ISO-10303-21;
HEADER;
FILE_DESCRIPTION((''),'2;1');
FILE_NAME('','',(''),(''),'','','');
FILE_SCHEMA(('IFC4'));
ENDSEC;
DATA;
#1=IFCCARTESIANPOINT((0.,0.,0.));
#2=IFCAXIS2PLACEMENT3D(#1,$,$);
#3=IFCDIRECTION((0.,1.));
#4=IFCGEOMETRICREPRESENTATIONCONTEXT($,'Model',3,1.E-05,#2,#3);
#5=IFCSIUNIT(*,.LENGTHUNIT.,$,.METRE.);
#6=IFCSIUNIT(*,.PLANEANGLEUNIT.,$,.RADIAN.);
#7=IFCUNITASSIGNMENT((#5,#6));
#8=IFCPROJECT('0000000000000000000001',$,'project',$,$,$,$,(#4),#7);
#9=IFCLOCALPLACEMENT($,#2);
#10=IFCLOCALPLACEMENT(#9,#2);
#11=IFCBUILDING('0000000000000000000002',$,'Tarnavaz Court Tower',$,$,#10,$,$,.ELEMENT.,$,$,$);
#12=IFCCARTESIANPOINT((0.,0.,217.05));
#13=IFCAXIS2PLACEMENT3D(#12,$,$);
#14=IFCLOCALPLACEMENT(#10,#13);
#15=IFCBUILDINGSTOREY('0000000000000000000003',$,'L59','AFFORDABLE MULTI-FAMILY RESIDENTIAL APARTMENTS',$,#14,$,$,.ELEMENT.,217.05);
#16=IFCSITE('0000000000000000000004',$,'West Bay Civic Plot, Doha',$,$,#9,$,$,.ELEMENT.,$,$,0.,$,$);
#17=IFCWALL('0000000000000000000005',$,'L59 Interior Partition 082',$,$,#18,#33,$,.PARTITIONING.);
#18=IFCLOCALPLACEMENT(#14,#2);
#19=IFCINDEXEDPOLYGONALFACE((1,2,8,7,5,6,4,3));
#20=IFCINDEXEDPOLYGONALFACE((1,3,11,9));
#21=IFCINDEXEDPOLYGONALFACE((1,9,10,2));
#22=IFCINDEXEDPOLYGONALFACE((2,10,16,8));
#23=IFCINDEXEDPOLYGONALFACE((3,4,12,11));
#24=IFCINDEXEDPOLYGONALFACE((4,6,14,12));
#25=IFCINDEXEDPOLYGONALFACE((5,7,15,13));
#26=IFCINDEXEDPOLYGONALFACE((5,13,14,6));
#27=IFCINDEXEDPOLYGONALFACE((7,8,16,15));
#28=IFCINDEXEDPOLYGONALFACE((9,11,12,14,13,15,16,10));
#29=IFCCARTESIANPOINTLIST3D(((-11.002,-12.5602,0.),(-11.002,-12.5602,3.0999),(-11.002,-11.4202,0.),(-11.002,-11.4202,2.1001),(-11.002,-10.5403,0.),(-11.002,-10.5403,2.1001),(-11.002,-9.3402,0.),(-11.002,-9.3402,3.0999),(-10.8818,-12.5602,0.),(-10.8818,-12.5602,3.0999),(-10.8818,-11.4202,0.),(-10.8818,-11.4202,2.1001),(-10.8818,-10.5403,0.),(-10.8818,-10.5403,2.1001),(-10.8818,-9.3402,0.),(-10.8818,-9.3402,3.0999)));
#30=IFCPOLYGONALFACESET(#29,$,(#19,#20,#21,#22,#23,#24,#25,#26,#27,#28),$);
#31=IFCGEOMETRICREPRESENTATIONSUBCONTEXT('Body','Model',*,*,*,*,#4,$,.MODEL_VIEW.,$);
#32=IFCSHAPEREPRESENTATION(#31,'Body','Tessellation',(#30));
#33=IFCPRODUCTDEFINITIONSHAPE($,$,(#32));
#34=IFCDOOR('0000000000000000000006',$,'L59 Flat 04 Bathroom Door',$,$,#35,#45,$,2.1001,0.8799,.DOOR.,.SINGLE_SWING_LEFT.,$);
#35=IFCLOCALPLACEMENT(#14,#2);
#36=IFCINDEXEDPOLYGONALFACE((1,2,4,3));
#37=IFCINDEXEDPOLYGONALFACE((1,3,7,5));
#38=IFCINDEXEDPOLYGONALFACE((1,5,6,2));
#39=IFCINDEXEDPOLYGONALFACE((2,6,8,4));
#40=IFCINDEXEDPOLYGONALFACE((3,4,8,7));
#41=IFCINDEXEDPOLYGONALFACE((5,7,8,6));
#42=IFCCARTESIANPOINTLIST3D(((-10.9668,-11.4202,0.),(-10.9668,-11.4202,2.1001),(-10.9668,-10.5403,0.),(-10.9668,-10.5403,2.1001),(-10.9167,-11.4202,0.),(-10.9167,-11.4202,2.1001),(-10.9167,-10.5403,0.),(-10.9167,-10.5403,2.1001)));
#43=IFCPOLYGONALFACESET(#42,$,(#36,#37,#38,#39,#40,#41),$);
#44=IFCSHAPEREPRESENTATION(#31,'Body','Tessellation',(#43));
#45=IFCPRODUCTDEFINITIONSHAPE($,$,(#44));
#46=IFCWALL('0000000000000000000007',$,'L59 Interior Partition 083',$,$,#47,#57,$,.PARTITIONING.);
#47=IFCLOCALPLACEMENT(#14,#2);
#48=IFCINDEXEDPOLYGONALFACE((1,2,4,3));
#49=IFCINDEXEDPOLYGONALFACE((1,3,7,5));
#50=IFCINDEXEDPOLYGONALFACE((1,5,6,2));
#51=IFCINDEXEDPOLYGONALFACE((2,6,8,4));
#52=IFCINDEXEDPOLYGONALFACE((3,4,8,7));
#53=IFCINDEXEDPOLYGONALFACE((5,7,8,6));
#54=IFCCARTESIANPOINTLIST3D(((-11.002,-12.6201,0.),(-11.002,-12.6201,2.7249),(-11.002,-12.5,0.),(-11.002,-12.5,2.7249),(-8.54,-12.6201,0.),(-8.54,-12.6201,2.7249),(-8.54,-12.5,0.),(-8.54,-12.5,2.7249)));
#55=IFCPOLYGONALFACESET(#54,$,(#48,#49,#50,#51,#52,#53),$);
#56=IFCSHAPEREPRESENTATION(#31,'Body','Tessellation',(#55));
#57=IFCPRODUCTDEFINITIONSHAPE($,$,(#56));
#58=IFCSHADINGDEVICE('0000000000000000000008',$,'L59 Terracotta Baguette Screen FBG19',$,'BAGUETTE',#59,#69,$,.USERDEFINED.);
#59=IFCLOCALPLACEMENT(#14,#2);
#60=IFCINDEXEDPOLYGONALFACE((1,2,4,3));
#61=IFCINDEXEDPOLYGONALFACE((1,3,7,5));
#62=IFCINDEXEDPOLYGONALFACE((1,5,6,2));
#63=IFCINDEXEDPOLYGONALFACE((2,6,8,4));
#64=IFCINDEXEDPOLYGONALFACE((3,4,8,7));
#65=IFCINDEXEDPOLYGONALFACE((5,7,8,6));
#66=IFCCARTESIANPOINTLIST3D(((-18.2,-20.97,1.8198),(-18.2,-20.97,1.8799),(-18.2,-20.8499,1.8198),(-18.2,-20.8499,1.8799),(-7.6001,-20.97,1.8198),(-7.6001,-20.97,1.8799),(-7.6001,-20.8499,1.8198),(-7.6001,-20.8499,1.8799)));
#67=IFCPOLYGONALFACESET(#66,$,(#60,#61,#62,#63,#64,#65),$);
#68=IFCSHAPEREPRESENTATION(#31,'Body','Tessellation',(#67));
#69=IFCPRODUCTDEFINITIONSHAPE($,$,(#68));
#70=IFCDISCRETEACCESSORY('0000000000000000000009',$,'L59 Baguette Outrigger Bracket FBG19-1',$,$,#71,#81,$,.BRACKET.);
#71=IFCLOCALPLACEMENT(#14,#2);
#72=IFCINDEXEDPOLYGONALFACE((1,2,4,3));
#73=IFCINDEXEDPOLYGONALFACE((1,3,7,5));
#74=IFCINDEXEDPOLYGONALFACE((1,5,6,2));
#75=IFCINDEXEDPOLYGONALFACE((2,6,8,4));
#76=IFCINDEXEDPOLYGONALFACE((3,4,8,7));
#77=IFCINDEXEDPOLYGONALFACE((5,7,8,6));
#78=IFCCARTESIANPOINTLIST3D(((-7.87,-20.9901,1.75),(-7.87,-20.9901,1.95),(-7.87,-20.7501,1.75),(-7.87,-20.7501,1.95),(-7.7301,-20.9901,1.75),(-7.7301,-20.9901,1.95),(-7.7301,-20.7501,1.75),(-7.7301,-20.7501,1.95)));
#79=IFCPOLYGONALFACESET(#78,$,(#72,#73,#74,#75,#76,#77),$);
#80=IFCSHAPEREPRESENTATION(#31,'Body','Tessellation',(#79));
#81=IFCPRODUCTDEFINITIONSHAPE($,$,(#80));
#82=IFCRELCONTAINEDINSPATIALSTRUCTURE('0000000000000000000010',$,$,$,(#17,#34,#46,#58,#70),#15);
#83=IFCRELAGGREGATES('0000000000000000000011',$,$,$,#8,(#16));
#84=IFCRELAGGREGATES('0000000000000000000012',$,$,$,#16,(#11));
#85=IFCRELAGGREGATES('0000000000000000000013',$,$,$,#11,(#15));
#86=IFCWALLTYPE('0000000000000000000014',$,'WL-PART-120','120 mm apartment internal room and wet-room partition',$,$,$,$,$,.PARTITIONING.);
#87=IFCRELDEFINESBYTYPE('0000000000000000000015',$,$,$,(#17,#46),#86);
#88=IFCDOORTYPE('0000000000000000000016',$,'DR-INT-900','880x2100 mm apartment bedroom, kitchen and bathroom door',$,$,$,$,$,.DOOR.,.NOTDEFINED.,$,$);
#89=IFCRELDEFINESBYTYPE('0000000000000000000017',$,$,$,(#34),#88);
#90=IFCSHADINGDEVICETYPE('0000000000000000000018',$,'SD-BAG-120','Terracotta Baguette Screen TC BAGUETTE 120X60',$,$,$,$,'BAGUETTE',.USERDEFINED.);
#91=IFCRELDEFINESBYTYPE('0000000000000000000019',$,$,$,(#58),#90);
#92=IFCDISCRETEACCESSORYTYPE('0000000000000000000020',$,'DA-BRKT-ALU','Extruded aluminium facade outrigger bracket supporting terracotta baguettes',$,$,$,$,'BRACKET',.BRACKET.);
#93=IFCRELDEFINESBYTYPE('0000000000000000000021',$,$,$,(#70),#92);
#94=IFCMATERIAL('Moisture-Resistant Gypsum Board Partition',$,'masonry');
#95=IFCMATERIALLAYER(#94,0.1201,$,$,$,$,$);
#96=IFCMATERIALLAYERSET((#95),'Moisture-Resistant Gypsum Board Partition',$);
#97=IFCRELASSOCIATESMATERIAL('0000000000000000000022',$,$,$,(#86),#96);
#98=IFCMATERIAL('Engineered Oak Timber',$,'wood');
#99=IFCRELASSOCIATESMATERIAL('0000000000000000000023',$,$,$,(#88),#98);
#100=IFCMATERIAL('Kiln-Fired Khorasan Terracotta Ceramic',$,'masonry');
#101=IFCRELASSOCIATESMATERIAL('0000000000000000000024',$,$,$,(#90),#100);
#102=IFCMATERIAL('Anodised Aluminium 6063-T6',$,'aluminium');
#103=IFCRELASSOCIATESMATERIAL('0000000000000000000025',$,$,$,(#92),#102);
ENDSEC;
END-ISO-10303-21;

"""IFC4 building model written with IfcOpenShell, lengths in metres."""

from ifc_helpers import new_model, si_unit, direction, frame, frame_2d, origin, origin_2d, place, context, subcontext, project, spatial, rectangle, extrude, material, layer, layer_set, material_profile, profile_set, type_object, element, fill, save


model = new_model("IFC4")

# Units and contexts
model_context = context("Model", 3, precision=1e-05, world=origin(), true_north=direction((0.0, 1.0)))
body_context = subcontext(model_context, "Body", "Model", "MODEL_VIEW")
ifc_project = project(units=[si_unit("LENGTHUNIT", "METRE"), si_unit("PLANEANGLEUNIT", "RADIAN")], contexts=[model_context])

# Site, building, storey
site_placement = place(None, origin())
site = spatial("IfcSite", under=ifc_project, at=site_placement, Name="West Bay Civic Plot, Doha", CompositionType="ELEMENT", RefElevation=0.0)
building_placement = place(site_placement, origin())
building = spatial("IfcBuilding", under=site, at=building_placement, Name="Tarnavaz Court Tower", CompositionType="ELEMENT")
storey_placement = place(building_placement, frame((0.0, 0.0, 217.05)))
storey = spatial("IfcBuildingStorey", under=building, at=storey_placement, Name="L59", Description="AFFORDABLE MULTI-FAMILY RESIDENTIAL APARTMENTS", CompositionType="ELEMENT", Elevation=217.05)

# Wall, opening, door
ifc_material_1 = material(Name="Moisture-Resistant Gypsum Board Partition", Category="masonry")
ifc_layer_1 = layer(ifc_material_1, 0.1201)
ifc_layer_set_1 = layer_set([ifc_layer_1], Name="Moisture-Resistant Gypsum Board Partition")
wall_type_1 = type_object("IfcWallType", Name="WL-PART-120", Description="120 mm apartment internal room and wet-room partition", PredefinedType="PARTITIONING", material=ifc_layer_set_1)
ifc_material_2 = material(Name="Engineered Oak Timber", Category="wood")
door_type = type_object("IfcDoorType", Name="DR-INT-900", Description="880x2100 mm apartment bedroom, kitchen and bathroom door", OperationType="NOTDEFINED", PredefinedType="DOOR", material=ifc_material_2)
wall_1_placement = place(storey_placement, frame((-10.9419, -12.5601, 0.0), z_axis=(0.0, 0.0, 1.0), x_axis=(0.0, 1.0, 0.0)))
wall_1 = element("IfcWall", 1, at=wall_1_placement, inside=storey, type_object=wall_type_1, Name="L59 Interior Partition 082", PredefinedType="PARTITIONING", context=body_context, shape_type="SweptSolid", body=[
    extrude(rectangle(XDim=3.22, YDim=0.1201, at=frame_2d((1.6099, 0.0))), origin(), (0.0, 0.0, 1.0), 3.0999),
])
opening_1_placement = place(wall_1_placement, frame((1.1399, 0.0, 0.0)))
opening_1 = element("IfcOpeningElement", 2, at=opening_1_placement, cuts=wall_1, PredefinedType="OPENING", context=body_context, shape_type="SweptSolid", body=[
    extrude(rectangle(XDim=0.8799, YDim=2.1001, at=frame_2d((0.4399, 1.05))), frame((0.0, 0.0701, 0.0), z_axis=(0.0, -1.0, 0.0), x_axis=(1.0, 0.0, 0.0)), (0.0, 0.0, 1.0), 0.1401),
])
door_1_placement = place(opening_1_placement, origin())
door_1 = element("IfcDoor", 3, at=door_1_placement, inside=storey, type_object=door_type, Name="L59 Flat 04 Bathroom Door", OperationType="SINGLE_SWING_LEFT", OverallHeight=2.1001, OverallWidth=0.8799, PredefinedType="DOOR", context=body_context, shape_type="SweptSolid", body=[
    extrude(rectangle(XDim=0.8799, YDim=2.1001, at=frame_2d((0.4399, 1.05))), frame((0.0, 0.0249, 0.0), z_axis=(0.0, -1.0, 0.0), x_axis=(1.0, 0.0, 0.0)), (0.0, 0.0, 1.0), 0.05),
])
fill(opening_1, door_1)

# Wall
wall_2_placement = place(storey_placement, frame((-11.002, -12.5601, 0.0), z_axis=(0.0, 0.0, 1.0), x_axis=(1.0, 0.0, 0.0)))
element("IfcWall", 4, at=wall_2_placement, inside=storey, type_object=wall_type_1, Name="L59 Interior Partition 083", PredefinedType="PARTITIONING", context=body_context, shape_type="SweptSolid", body=[
    extrude(rectangle(XDim=2.4619, YDim=0.1201, at=frame_2d((1.231, 0.0))), origin(), (0.0, 0.0, 1.0), 2.7249),
])

# Shading device
ifc_material_3 = material(Name="Kiln-Fired Khorasan Terracotta Ceramic", Category="masonry")
ifc_material_profile_1 = material_profile(ifc_material_3, rectangle(XDim=0.1201, YDim=0.0601, at=origin_2d()), Name="TC BAGUETTE 120X60")
ifc_profile_set_1 = profile_set([ifc_material_profile_1], Name="Kiln-Fired Khorasan Terracotta Ceramic")
shading_device_type = type_object("IfcShadingDeviceType", Name="SD-BAG-120", Description="Terracotta Baguette Screen TC BAGUETTE 120X60", ElementType="BAGUETTE", PredefinedType="USERDEFINED", material=ifc_profile_set_1)
shading_device_placement = place(storey_placement, frame((-7.6001, -20.9099, 1.8499), z_axis=(-1.0, 0.0, 0.0), x_axis=(0.0, -1.0, 0.0)))
element("IfcShadingDevice", 5, at=shading_device_placement, inside=storey, type_object=shading_device_type, Name="L59 Terracotta Baguette Screen FBG19", ObjectType="BAGUETTE", PredefinedType="USERDEFINED", context=body_context, shape_type="SweptSolid", body=[
    extrude(rectangle(XDim=0.1201, YDim=0.0601, at=origin_2d()), origin(), (0.0, 0.0, 1.0), 10.5999),
])

# Discrete accessory
ifc_material_4 = material(Name="Anodised Aluminium 6063-T6", Category="aluminium")
discrete_accessory_type = type_object("IfcDiscreteAccessoryType", Name="DA-BRKT-ALU", Description="Extruded aluminium facade outrigger bracket supporting terracotta baguettes", ElementType="BRACKET", PredefinedType="BRACKET", material=ifc_material_4)
discrete_accessory_placement = place(storey_placement, frame((-7.8, -20.8701, 1.75), z_axis=(0.0, 0.0, 1.0), x_axis=(-1.0, 0.0, 0.0)))
element("IfcDiscreteAccessory", 6, at=discrete_accessory_placement, inside=storey, type_object=discrete_accessory_type, Name="L59 Baguette Outrigger Bracket FBG19-1", PredefinedType="BRACKET", context=body_context, shape_type="SweptSolid", body=[
    extrude(rectangle(XDim=0.1399, YDim=0.24, at=origin_2d()), origin(), (0.0, 0.0, 1.0), 0.2),
])

save(model, "model.ifc")
